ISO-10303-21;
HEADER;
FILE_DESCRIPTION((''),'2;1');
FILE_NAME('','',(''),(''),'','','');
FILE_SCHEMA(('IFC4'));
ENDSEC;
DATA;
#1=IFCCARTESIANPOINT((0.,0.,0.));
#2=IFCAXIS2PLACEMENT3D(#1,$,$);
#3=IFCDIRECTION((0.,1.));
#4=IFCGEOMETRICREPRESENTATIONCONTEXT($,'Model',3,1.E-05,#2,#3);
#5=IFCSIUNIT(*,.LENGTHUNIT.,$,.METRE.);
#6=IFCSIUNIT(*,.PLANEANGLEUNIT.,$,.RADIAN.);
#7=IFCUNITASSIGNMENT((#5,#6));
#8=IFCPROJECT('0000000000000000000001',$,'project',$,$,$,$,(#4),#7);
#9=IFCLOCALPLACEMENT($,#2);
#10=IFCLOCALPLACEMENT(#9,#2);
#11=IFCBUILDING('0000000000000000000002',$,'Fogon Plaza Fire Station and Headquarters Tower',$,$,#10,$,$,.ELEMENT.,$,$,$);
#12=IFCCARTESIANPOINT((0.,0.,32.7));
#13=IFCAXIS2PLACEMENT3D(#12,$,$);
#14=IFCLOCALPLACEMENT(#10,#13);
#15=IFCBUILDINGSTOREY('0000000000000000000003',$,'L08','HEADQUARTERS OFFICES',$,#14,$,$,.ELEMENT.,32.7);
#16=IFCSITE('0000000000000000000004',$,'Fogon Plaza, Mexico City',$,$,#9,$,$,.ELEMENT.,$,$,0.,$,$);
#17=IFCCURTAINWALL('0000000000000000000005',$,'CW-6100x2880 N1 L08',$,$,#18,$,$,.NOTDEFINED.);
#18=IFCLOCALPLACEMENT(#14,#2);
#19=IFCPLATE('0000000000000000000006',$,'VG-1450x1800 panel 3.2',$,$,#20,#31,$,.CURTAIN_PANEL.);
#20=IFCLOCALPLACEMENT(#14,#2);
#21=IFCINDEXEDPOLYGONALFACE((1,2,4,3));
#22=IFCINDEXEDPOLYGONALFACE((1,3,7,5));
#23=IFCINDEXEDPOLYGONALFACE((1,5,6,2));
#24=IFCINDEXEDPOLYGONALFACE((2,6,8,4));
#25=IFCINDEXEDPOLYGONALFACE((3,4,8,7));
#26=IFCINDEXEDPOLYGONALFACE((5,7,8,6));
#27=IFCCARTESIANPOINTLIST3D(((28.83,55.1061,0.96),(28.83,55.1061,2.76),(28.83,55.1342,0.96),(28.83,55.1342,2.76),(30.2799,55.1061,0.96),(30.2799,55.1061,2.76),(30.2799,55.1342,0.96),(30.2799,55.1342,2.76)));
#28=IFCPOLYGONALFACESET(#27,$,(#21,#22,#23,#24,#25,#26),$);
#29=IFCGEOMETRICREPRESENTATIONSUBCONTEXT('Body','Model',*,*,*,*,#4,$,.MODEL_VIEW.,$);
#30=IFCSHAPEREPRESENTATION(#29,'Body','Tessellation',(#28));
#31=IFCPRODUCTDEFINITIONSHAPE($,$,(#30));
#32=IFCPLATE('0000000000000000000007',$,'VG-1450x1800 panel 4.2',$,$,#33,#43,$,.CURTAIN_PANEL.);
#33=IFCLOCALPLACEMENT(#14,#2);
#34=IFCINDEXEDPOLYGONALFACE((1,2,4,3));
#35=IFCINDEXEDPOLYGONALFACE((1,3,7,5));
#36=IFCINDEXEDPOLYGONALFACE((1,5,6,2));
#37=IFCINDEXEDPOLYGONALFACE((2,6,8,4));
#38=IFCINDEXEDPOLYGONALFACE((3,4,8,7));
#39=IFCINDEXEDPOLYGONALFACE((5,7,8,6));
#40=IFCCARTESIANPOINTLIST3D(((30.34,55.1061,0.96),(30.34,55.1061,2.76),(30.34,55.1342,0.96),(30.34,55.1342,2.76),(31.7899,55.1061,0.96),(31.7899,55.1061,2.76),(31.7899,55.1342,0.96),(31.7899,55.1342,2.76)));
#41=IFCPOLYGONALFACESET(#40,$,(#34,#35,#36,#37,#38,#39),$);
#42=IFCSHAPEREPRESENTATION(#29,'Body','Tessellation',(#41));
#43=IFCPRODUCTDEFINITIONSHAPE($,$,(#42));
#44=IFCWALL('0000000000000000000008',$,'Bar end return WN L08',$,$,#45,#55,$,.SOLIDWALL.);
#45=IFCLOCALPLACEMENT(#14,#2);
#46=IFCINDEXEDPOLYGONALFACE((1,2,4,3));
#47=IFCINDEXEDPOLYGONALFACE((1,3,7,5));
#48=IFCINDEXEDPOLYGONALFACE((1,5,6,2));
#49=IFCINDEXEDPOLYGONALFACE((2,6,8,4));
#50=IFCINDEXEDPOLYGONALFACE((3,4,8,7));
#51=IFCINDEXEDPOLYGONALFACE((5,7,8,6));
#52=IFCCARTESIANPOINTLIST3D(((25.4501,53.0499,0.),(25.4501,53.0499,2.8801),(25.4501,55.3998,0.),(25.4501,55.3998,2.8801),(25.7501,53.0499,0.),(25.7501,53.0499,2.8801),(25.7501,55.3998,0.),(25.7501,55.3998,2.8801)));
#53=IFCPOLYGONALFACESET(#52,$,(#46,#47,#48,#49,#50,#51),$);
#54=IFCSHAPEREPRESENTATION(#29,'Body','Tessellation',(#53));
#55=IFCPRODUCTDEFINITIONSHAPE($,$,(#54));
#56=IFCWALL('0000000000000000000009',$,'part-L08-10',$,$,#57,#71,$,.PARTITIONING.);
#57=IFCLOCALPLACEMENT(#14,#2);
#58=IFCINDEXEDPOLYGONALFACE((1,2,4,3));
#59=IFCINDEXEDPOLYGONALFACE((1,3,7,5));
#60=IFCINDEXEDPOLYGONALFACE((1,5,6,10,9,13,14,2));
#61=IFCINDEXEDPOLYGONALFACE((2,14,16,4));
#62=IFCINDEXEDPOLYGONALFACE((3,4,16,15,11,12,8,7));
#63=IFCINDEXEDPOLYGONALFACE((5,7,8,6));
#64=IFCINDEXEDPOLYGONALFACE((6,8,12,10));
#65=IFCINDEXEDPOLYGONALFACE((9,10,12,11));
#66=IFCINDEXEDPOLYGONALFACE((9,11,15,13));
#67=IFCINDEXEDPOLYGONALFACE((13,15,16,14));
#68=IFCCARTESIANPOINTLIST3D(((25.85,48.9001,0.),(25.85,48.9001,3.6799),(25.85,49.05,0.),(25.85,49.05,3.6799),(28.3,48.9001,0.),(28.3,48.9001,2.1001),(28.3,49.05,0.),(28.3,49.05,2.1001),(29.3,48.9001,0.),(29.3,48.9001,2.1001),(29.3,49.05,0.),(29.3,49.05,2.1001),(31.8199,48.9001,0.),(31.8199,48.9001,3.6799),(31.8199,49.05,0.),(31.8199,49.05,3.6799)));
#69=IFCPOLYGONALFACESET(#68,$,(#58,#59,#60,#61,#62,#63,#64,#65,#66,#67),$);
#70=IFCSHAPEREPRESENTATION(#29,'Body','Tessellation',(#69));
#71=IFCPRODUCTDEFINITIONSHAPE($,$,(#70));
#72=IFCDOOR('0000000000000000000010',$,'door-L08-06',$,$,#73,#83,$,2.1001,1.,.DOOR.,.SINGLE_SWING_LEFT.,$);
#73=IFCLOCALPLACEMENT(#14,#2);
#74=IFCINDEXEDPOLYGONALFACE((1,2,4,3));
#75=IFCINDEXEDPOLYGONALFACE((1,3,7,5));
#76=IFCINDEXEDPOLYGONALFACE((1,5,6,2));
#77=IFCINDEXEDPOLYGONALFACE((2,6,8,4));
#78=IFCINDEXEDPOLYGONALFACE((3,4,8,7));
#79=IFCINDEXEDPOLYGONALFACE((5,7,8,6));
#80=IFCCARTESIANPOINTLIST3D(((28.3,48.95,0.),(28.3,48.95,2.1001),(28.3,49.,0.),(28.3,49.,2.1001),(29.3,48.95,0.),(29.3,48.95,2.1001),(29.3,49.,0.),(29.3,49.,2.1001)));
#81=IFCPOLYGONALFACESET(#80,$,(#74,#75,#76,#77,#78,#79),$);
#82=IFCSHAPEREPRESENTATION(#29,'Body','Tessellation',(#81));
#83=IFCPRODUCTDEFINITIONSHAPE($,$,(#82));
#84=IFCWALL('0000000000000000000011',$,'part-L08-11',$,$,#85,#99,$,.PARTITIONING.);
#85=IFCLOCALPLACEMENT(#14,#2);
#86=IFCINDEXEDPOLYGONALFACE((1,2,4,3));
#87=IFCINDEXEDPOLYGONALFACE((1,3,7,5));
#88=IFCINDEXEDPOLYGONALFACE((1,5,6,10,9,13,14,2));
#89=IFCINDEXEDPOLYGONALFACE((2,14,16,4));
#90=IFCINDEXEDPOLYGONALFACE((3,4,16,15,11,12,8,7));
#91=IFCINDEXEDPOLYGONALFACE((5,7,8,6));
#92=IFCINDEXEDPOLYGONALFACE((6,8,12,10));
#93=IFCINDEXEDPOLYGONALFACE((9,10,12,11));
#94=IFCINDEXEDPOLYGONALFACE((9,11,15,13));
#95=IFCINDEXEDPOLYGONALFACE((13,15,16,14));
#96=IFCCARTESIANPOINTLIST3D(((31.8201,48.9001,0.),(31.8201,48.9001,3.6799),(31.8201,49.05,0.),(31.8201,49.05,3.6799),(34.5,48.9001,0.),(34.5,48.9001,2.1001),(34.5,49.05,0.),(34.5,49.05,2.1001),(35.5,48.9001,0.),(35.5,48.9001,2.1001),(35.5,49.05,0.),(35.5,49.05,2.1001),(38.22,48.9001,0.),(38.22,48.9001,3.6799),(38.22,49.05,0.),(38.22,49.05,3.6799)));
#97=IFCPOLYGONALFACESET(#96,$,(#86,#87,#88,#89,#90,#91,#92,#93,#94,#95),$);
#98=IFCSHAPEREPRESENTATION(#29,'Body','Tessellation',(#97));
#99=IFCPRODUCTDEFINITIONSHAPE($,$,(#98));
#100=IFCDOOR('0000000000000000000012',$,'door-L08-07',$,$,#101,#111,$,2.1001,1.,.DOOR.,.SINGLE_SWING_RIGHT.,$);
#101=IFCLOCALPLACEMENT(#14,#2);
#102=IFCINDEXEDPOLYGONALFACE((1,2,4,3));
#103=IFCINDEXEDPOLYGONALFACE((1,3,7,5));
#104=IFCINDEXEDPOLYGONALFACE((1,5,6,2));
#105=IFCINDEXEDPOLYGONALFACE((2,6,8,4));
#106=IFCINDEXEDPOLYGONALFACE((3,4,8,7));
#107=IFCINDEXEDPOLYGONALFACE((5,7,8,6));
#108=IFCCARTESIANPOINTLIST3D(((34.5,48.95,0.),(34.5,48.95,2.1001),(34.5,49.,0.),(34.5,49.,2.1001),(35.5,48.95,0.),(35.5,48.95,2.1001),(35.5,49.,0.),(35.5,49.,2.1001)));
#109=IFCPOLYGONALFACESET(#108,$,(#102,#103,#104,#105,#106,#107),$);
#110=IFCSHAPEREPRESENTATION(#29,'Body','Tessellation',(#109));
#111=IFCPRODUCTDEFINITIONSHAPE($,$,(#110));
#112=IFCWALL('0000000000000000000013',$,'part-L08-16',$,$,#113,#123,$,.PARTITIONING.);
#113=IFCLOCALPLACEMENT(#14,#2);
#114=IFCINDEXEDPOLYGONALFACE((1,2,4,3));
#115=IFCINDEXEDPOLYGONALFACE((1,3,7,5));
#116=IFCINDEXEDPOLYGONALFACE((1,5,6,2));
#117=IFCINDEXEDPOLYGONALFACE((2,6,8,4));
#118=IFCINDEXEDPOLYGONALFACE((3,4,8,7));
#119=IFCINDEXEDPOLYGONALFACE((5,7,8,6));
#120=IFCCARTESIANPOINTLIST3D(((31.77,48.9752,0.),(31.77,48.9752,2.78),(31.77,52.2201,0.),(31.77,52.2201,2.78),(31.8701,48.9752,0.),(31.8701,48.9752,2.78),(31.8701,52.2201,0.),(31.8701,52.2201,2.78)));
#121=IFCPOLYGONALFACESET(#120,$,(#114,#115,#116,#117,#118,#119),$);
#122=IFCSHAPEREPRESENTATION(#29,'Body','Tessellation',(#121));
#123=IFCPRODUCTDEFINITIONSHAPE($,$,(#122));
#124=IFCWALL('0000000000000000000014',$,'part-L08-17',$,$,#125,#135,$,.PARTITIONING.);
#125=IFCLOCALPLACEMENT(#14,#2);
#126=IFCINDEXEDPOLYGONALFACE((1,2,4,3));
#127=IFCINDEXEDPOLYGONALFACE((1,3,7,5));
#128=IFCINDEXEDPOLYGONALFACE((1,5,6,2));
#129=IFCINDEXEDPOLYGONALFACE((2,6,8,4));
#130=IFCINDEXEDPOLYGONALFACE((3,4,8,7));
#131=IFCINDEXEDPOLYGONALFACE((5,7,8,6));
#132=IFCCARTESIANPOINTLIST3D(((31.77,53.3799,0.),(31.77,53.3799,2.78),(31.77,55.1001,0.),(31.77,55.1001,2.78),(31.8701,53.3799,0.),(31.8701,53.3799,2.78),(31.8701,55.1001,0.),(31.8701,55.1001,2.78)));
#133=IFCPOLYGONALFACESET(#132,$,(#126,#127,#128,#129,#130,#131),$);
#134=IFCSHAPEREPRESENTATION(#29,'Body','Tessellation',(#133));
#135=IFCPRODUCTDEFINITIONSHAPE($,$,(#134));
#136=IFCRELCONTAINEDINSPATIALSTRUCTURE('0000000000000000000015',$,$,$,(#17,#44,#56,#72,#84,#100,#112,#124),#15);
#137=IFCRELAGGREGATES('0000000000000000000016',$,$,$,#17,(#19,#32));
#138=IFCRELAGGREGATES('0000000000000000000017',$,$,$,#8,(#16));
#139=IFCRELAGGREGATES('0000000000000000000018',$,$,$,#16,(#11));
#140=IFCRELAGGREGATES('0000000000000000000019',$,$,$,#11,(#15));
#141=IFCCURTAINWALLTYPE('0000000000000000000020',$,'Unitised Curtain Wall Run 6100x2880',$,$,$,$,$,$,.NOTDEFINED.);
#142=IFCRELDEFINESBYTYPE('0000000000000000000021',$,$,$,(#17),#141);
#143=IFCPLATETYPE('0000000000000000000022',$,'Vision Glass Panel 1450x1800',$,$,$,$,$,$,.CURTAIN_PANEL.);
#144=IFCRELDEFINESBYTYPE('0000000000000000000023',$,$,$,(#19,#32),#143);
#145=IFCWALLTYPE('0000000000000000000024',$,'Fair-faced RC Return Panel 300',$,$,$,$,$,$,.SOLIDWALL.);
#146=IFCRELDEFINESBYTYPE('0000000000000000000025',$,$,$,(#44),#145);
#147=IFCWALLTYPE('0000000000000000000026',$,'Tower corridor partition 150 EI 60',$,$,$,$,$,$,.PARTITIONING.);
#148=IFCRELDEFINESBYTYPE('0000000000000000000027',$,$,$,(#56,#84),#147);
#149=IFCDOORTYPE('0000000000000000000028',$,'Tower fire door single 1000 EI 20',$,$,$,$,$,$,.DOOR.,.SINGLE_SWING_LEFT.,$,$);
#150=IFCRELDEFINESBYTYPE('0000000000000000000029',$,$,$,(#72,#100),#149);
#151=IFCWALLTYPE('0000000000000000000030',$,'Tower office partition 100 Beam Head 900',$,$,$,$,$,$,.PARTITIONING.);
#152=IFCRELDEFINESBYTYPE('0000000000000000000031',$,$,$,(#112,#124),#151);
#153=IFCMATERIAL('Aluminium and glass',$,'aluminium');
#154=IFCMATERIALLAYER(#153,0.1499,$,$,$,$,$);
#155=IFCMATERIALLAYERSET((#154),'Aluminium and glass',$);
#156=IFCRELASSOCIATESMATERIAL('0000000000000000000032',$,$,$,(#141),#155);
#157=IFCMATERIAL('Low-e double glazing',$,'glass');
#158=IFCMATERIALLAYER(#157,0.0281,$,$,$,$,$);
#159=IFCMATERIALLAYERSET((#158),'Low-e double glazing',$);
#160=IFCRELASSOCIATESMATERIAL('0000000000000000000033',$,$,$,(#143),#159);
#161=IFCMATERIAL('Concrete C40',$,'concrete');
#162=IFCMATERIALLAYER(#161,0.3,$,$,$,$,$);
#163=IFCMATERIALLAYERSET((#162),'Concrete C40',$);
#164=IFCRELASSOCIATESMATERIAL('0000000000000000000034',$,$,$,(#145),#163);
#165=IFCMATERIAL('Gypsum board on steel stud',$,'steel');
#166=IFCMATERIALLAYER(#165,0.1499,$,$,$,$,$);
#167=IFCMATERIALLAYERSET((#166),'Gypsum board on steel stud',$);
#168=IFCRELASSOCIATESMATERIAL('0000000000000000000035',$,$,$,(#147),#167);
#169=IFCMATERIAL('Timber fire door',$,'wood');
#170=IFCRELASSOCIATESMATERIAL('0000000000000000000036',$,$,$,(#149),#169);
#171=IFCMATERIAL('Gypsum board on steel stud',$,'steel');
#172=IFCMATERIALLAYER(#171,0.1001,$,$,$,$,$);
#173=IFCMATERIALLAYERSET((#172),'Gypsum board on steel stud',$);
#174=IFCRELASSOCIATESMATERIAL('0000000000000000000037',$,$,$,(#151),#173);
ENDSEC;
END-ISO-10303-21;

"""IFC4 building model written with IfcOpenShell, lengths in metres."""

from ifc_helpers import new_model, si_unit, direction, frame, frame_2d, origin, origin_2d, place, context, subcontext, project, spatial, rectangle, extrude, material, layer, layer_set, type_object, element, fill, aggregate, save


model = new_model("IFC4")

# Units and contexts
model_context = context("Model", 3, precision=1e-05, world=origin(), true_north=direction((0.0, 1.0)))
body_context = subcontext(model_context, "Body", "Model", "MODEL_VIEW")
ifc_project = project(units=[si_unit("LENGTHUNIT", "METRE"), si_unit("PLANEANGLEUNIT", "RADIAN")], contexts=[model_context])

# Site, building, storey
site_placement = place(None, origin())
site = spatial("IfcSite", under=ifc_project, at=site_placement, Name="Fogon Plaza, Mexico City", CompositionType="ELEMENT", RefElevation=0.0)
building_placement = place(site_placement, origin())
building = spatial("IfcBuilding", under=site, at=building_placement, Name="Fogon Plaza Fire Station and Headquarters Tower", CompositionType="ELEMENT")
storey_placement = place(building_placement, frame((0.0, 0.0, 32.7)))
storey = spatial("IfcBuildingStorey", under=building, at=storey_placement, Name="L08", Description="HEADQUARTERS OFFICES", CompositionType="ELEMENT", Elevation=32.7)

# Curtain wall
ifc_material_1 = material(Name="Aluminium and glass", Category="aluminium")
ifc_layer_1 = layer(ifc_material_1, 0.1499)
ifc_layer_set_1 = layer_set([ifc_layer_1], Name="Aluminium and glass")
curtain_wall_type = type_object("IfcCurtainWallType", Name="Unitised Curtain Wall Run 6100x2880", PredefinedType="NOTDEFINED", material=ifc_layer_set_1)
curtain_wall_placement = place(storey_placement, origin())
curtain_wall = element("IfcCurtainWall", 1, at=curtain_wall_placement, inside=storey, type_object=curtain_wall_type, Name="CW-6100x2880 N1 L08", PredefinedType="NOTDEFINED")

# Plates
ifc_material_2 = material(Name="Low-e double glazing", Category="glass")
ifc_layer_2 = layer(ifc_material_2, 0.0281)
ifc_layer_set_2 = layer_set([ifc_layer_2], Name="Low-e double glazing")
plate_type_1 = type_object("IfcPlateType", Name="Vision Glass Panel 1450x1800", PredefinedType="CURTAIN_PANEL", material=ifc_layer_set_2)
plate_1_placement = place(storey_placement, frame((29.5549, 55.1201, 0.96), z_axis=(0.0, 0.0, 1.0), x_axis=(1.0, 0.0, 0.0)))
plate_1 = element("IfcPlate", 2, at=plate_1_placement, type_object=plate_type_1, Name="VG-1450x1800 panel 3.2", PredefinedType="CURTAIN_PANEL", context=body_context, shape_type="SweptSolid", body=[
    extrude(rectangle(XDim=1.45, YDim=0.0281, at=origin_2d()), origin(), (0.0, 0.0, 1.0), 1.8),
])
plate_2_placement = place(storey_placement, frame((31.0649, 55.1201, 0.96), z_axis=(0.0, 0.0, 1.0), x_axis=(1.0, 0.0, 0.0)))
plate_2 = element("IfcPlate", 3, at=plate_2_placement, type_object=plate_type_1, Name="VG-1450x1800 panel 4.2", PredefinedType="CURTAIN_PANEL", context=body_context, shape_type="SweptSolid", body=[
    extrude(rectangle(XDim=1.45, YDim=0.0281, at=origin_2d()), origin(), (0.0, 0.0, 1.0), 1.8),
])
aggregate(curtain_wall, [plate_1, plate_2])

# Wall
ifc_material_3 = material(Name="Concrete C40", Category="concrete")
ifc_layer_3 = layer(ifc_material_3, 0.3)
ifc_layer_set_3 = layer_set([ifc_layer_3], Name="Concrete C40")
wall_type_1 = type_object("IfcWallType", Name="Fair-faced RC Return Panel 300", PredefinedType="SOLIDWALL", material=ifc_layer_set_3)
wall_1_placement = place(storey_placement, frame((25.6001, 53.05, 0.0), z_axis=(0.0, 0.0, 1.0), x_axis=(0.0, 1.0, 0.0)))
element("IfcWall", 4, at=wall_1_placement, inside=storey, type_object=wall_type_1, Name="Bar end return WN L08", PredefinedType="SOLIDWALL", context=body_context, shape_type="SweptSolid", body=[
    extrude(rectangle(XDim=2.3499, YDim=0.3, at=frame_2d((1.1748, 0.0))), origin(), (0.0, 0.0, 1.0), 2.8801),
])

# Walls, openings, doors
ifc_material_4 = material(Name="Gypsum board on steel stud", Category="steel")
ifc_layer_4 = layer(ifc_material_4, 0.1499)
ifc_layer_set_4 = layer_set([ifc_layer_4], Name="Gypsum board on steel stud")
wall_type_2 = type_object("IfcWallType", Name="Tower corridor partition 150 EI 60", PredefinedType="PARTITIONING", material=ifc_layer_set_4)
wall_2_placement = place(storey_placement, frame((25.8501, 48.9751, 0.0), z_axis=(0.0, 0.0, 1.0), x_axis=(1.0, 0.0, 0.0)))
wall_2 = element("IfcWall", 5, at=wall_2_placement, inside=storey, type_object=wall_type_2, Name="part-L08-10", PredefinedType="PARTITIONING", context=body_context, shape_type="SweptSolid", body=[
    extrude(rectangle(XDim=5.97, YDim=0.1499, at=frame_2d((2.9849, 0.0))), origin(), (0.0, 0.0, 1.0), 3.6799),
])
opening_1_placement = place(wall_2_placement, frame((2.45, 0.0, 0.0)))
opening_1 = element("IfcOpeningElement", 6, at=opening_1_placement, cuts=wall_2, PredefinedType="OPENING", context=body_context, shape_type="SweptSolid", body=[
    extrude(rectangle(XDim=1.0, YDim=2.1001, at=frame_2d((0.5, 1.05))), frame((0.0, 0.085, 0.0), z_axis=(0.0, -1.0, 0.0), x_axis=(1.0, 0.0, 0.0)), (0.0, 0.0, 1.0), 0.1699),
])
ifc_material_5 = material(Name="Timber fire door", Category="wood")
door_type = type_object("IfcDoorType", Name="Tower fire door single 1000 EI 20", OperationType="SINGLE_SWING_LEFT", PredefinedType="DOOR", material=ifc_material_5)
door_1_placement = place(opening_1_placement, origin())
door_1 = element("IfcDoor", 7, at=door_1_placement, inside=storey, type_object=door_type, Name="door-L08-06", OperationType="SINGLE_SWING_LEFT", OverallHeight=2.1001, OverallWidth=1.0, PredefinedType="DOOR", context=body_context, shape_type="SweptSolid", body=[
    extrude(rectangle(XDim=1.0, YDim=2.1001, at=frame_2d((0.5, 1.05))), frame((0.0, 0.0249, 0.0), z_axis=(0.0, -1.0, 0.0), x_axis=(1.0, 0.0, 0.0)), (0.0, 0.0, 1.0), 0.05),
])
fill(opening_1, door_1)
wall_3_placement = place(storey_placement, frame((31.8201, 48.9751, 0.0), z_axis=(0.0, 0.0, 1.0), x_axis=(1.0, 0.0, 0.0)))
wall_3 = element("IfcWall", 8, at=wall_3_placement, inside=storey, type_object=wall_type_2, Name="part-L08-11", PredefinedType="PARTITIONING", context=body_context, shape_type="SweptSolid", body=[
    extrude(rectangle(XDim=6.3999, YDim=0.1499, at=frame_2d((3.2, 0.0))), origin(), (0.0, 0.0, 1.0), 3.6799),
])
opening_2_placement = place(wall_3_placement, frame((2.6799, 0.0, 0.0)))
opening_2 = element("IfcOpeningElement", 9, at=opening_2_placement, cuts=wall_3, PredefinedType="OPENING", context=body_context, shape_type="SweptSolid", body=[
    extrude(rectangle(XDim=1.0, YDim=2.1001, at=frame_2d((0.5, 1.05))), frame((0.0, 0.085, 0.0), z_axis=(0.0, -1.0, 0.0), x_axis=(1.0, 0.0, 0.0)), (0.0, 0.0, 1.0), 0.1699),
])
door_2_placement = place(opening_2_placement, origin())
door_2 = element("IfcDoor", 10, at=door_2_placement, inside=storey, type_object=door_type, Name="door-L08-07", OperationType="SINGLE_SWING_RIGHT", OverallHeight=2.1001, OverallWidth=1.0, PredefinedType="DOOR", context=body_context, shape_type="SweptSolid", body=[
    extrude(rectangle(XDim=1.0, YDim=2.1001, at=frame_2d((0.5, 1.05))), frame((0.0, 0.0249, 0.0), z_axis=(0.0, -1.0, 0.0), x_axis=(1.0, 0.0, 0.0)), (0.0, 0.0, 1.0), 0.05),
])
fill(opening_2, door_2)

# Walls
ifc_material_6 = material(Name="Gypsum board on steel stud", Category="steel")
ifc_layer_5 = layer(ifc_material_6, 0.1001)
ifc_layer_set_5 = layer_set([ifc_layer_5], Name="Gypsum board on steel stud")
wall_type_3 = type_object("IfcWallType", Name="Tower office partition 100 Beam Head 900", PredefinedType="PARTITIONING", material=ifc_layer_set_5)
wall_4_placement = place(storey_placement, frame((31.8201, 48.9751, 0.0), z_axis=(0.0, 0.0, 1.0), x_axis=(0.0, 1.0, 0.0)))
element("IfcWall", 11, at=wall_4_placement, inside=storey, type_object=wall_type_3, Name="part-L08-16", PredefinedType="PARTITIONING", context=body_context, shape_type="SweptSolid", body=[
    extrude(rectangle(XDim=3.2449, YDim=0.1001, at=frame_2d((1.6226, 0.0))), origin(), (0.0, 0.0, 1.0), 2.78),
])
wall_5_placement = place(storey_placement, frame((31.8201, 53.3799, 0.0), z_axis=(0.0, 0.0, 1.0), x_axis=(0.0, 1.0, 0.0)))
element("IfcWall", 12, at=wall_5_placement, inside=storey, type_object=wall_type_3, Name="part-L08-17", PredefinedType="PARTITIONING", context=body_context, shape_type="SweptSolid", body=[
    extrude(rectangle(XDim=1.7202, YDim=0.1001, at=frame_2d((0.8601, 0.0))), origin(), (0.0, 0.0, 1.0), 2.78),
])

save(model, "model.ifc")
